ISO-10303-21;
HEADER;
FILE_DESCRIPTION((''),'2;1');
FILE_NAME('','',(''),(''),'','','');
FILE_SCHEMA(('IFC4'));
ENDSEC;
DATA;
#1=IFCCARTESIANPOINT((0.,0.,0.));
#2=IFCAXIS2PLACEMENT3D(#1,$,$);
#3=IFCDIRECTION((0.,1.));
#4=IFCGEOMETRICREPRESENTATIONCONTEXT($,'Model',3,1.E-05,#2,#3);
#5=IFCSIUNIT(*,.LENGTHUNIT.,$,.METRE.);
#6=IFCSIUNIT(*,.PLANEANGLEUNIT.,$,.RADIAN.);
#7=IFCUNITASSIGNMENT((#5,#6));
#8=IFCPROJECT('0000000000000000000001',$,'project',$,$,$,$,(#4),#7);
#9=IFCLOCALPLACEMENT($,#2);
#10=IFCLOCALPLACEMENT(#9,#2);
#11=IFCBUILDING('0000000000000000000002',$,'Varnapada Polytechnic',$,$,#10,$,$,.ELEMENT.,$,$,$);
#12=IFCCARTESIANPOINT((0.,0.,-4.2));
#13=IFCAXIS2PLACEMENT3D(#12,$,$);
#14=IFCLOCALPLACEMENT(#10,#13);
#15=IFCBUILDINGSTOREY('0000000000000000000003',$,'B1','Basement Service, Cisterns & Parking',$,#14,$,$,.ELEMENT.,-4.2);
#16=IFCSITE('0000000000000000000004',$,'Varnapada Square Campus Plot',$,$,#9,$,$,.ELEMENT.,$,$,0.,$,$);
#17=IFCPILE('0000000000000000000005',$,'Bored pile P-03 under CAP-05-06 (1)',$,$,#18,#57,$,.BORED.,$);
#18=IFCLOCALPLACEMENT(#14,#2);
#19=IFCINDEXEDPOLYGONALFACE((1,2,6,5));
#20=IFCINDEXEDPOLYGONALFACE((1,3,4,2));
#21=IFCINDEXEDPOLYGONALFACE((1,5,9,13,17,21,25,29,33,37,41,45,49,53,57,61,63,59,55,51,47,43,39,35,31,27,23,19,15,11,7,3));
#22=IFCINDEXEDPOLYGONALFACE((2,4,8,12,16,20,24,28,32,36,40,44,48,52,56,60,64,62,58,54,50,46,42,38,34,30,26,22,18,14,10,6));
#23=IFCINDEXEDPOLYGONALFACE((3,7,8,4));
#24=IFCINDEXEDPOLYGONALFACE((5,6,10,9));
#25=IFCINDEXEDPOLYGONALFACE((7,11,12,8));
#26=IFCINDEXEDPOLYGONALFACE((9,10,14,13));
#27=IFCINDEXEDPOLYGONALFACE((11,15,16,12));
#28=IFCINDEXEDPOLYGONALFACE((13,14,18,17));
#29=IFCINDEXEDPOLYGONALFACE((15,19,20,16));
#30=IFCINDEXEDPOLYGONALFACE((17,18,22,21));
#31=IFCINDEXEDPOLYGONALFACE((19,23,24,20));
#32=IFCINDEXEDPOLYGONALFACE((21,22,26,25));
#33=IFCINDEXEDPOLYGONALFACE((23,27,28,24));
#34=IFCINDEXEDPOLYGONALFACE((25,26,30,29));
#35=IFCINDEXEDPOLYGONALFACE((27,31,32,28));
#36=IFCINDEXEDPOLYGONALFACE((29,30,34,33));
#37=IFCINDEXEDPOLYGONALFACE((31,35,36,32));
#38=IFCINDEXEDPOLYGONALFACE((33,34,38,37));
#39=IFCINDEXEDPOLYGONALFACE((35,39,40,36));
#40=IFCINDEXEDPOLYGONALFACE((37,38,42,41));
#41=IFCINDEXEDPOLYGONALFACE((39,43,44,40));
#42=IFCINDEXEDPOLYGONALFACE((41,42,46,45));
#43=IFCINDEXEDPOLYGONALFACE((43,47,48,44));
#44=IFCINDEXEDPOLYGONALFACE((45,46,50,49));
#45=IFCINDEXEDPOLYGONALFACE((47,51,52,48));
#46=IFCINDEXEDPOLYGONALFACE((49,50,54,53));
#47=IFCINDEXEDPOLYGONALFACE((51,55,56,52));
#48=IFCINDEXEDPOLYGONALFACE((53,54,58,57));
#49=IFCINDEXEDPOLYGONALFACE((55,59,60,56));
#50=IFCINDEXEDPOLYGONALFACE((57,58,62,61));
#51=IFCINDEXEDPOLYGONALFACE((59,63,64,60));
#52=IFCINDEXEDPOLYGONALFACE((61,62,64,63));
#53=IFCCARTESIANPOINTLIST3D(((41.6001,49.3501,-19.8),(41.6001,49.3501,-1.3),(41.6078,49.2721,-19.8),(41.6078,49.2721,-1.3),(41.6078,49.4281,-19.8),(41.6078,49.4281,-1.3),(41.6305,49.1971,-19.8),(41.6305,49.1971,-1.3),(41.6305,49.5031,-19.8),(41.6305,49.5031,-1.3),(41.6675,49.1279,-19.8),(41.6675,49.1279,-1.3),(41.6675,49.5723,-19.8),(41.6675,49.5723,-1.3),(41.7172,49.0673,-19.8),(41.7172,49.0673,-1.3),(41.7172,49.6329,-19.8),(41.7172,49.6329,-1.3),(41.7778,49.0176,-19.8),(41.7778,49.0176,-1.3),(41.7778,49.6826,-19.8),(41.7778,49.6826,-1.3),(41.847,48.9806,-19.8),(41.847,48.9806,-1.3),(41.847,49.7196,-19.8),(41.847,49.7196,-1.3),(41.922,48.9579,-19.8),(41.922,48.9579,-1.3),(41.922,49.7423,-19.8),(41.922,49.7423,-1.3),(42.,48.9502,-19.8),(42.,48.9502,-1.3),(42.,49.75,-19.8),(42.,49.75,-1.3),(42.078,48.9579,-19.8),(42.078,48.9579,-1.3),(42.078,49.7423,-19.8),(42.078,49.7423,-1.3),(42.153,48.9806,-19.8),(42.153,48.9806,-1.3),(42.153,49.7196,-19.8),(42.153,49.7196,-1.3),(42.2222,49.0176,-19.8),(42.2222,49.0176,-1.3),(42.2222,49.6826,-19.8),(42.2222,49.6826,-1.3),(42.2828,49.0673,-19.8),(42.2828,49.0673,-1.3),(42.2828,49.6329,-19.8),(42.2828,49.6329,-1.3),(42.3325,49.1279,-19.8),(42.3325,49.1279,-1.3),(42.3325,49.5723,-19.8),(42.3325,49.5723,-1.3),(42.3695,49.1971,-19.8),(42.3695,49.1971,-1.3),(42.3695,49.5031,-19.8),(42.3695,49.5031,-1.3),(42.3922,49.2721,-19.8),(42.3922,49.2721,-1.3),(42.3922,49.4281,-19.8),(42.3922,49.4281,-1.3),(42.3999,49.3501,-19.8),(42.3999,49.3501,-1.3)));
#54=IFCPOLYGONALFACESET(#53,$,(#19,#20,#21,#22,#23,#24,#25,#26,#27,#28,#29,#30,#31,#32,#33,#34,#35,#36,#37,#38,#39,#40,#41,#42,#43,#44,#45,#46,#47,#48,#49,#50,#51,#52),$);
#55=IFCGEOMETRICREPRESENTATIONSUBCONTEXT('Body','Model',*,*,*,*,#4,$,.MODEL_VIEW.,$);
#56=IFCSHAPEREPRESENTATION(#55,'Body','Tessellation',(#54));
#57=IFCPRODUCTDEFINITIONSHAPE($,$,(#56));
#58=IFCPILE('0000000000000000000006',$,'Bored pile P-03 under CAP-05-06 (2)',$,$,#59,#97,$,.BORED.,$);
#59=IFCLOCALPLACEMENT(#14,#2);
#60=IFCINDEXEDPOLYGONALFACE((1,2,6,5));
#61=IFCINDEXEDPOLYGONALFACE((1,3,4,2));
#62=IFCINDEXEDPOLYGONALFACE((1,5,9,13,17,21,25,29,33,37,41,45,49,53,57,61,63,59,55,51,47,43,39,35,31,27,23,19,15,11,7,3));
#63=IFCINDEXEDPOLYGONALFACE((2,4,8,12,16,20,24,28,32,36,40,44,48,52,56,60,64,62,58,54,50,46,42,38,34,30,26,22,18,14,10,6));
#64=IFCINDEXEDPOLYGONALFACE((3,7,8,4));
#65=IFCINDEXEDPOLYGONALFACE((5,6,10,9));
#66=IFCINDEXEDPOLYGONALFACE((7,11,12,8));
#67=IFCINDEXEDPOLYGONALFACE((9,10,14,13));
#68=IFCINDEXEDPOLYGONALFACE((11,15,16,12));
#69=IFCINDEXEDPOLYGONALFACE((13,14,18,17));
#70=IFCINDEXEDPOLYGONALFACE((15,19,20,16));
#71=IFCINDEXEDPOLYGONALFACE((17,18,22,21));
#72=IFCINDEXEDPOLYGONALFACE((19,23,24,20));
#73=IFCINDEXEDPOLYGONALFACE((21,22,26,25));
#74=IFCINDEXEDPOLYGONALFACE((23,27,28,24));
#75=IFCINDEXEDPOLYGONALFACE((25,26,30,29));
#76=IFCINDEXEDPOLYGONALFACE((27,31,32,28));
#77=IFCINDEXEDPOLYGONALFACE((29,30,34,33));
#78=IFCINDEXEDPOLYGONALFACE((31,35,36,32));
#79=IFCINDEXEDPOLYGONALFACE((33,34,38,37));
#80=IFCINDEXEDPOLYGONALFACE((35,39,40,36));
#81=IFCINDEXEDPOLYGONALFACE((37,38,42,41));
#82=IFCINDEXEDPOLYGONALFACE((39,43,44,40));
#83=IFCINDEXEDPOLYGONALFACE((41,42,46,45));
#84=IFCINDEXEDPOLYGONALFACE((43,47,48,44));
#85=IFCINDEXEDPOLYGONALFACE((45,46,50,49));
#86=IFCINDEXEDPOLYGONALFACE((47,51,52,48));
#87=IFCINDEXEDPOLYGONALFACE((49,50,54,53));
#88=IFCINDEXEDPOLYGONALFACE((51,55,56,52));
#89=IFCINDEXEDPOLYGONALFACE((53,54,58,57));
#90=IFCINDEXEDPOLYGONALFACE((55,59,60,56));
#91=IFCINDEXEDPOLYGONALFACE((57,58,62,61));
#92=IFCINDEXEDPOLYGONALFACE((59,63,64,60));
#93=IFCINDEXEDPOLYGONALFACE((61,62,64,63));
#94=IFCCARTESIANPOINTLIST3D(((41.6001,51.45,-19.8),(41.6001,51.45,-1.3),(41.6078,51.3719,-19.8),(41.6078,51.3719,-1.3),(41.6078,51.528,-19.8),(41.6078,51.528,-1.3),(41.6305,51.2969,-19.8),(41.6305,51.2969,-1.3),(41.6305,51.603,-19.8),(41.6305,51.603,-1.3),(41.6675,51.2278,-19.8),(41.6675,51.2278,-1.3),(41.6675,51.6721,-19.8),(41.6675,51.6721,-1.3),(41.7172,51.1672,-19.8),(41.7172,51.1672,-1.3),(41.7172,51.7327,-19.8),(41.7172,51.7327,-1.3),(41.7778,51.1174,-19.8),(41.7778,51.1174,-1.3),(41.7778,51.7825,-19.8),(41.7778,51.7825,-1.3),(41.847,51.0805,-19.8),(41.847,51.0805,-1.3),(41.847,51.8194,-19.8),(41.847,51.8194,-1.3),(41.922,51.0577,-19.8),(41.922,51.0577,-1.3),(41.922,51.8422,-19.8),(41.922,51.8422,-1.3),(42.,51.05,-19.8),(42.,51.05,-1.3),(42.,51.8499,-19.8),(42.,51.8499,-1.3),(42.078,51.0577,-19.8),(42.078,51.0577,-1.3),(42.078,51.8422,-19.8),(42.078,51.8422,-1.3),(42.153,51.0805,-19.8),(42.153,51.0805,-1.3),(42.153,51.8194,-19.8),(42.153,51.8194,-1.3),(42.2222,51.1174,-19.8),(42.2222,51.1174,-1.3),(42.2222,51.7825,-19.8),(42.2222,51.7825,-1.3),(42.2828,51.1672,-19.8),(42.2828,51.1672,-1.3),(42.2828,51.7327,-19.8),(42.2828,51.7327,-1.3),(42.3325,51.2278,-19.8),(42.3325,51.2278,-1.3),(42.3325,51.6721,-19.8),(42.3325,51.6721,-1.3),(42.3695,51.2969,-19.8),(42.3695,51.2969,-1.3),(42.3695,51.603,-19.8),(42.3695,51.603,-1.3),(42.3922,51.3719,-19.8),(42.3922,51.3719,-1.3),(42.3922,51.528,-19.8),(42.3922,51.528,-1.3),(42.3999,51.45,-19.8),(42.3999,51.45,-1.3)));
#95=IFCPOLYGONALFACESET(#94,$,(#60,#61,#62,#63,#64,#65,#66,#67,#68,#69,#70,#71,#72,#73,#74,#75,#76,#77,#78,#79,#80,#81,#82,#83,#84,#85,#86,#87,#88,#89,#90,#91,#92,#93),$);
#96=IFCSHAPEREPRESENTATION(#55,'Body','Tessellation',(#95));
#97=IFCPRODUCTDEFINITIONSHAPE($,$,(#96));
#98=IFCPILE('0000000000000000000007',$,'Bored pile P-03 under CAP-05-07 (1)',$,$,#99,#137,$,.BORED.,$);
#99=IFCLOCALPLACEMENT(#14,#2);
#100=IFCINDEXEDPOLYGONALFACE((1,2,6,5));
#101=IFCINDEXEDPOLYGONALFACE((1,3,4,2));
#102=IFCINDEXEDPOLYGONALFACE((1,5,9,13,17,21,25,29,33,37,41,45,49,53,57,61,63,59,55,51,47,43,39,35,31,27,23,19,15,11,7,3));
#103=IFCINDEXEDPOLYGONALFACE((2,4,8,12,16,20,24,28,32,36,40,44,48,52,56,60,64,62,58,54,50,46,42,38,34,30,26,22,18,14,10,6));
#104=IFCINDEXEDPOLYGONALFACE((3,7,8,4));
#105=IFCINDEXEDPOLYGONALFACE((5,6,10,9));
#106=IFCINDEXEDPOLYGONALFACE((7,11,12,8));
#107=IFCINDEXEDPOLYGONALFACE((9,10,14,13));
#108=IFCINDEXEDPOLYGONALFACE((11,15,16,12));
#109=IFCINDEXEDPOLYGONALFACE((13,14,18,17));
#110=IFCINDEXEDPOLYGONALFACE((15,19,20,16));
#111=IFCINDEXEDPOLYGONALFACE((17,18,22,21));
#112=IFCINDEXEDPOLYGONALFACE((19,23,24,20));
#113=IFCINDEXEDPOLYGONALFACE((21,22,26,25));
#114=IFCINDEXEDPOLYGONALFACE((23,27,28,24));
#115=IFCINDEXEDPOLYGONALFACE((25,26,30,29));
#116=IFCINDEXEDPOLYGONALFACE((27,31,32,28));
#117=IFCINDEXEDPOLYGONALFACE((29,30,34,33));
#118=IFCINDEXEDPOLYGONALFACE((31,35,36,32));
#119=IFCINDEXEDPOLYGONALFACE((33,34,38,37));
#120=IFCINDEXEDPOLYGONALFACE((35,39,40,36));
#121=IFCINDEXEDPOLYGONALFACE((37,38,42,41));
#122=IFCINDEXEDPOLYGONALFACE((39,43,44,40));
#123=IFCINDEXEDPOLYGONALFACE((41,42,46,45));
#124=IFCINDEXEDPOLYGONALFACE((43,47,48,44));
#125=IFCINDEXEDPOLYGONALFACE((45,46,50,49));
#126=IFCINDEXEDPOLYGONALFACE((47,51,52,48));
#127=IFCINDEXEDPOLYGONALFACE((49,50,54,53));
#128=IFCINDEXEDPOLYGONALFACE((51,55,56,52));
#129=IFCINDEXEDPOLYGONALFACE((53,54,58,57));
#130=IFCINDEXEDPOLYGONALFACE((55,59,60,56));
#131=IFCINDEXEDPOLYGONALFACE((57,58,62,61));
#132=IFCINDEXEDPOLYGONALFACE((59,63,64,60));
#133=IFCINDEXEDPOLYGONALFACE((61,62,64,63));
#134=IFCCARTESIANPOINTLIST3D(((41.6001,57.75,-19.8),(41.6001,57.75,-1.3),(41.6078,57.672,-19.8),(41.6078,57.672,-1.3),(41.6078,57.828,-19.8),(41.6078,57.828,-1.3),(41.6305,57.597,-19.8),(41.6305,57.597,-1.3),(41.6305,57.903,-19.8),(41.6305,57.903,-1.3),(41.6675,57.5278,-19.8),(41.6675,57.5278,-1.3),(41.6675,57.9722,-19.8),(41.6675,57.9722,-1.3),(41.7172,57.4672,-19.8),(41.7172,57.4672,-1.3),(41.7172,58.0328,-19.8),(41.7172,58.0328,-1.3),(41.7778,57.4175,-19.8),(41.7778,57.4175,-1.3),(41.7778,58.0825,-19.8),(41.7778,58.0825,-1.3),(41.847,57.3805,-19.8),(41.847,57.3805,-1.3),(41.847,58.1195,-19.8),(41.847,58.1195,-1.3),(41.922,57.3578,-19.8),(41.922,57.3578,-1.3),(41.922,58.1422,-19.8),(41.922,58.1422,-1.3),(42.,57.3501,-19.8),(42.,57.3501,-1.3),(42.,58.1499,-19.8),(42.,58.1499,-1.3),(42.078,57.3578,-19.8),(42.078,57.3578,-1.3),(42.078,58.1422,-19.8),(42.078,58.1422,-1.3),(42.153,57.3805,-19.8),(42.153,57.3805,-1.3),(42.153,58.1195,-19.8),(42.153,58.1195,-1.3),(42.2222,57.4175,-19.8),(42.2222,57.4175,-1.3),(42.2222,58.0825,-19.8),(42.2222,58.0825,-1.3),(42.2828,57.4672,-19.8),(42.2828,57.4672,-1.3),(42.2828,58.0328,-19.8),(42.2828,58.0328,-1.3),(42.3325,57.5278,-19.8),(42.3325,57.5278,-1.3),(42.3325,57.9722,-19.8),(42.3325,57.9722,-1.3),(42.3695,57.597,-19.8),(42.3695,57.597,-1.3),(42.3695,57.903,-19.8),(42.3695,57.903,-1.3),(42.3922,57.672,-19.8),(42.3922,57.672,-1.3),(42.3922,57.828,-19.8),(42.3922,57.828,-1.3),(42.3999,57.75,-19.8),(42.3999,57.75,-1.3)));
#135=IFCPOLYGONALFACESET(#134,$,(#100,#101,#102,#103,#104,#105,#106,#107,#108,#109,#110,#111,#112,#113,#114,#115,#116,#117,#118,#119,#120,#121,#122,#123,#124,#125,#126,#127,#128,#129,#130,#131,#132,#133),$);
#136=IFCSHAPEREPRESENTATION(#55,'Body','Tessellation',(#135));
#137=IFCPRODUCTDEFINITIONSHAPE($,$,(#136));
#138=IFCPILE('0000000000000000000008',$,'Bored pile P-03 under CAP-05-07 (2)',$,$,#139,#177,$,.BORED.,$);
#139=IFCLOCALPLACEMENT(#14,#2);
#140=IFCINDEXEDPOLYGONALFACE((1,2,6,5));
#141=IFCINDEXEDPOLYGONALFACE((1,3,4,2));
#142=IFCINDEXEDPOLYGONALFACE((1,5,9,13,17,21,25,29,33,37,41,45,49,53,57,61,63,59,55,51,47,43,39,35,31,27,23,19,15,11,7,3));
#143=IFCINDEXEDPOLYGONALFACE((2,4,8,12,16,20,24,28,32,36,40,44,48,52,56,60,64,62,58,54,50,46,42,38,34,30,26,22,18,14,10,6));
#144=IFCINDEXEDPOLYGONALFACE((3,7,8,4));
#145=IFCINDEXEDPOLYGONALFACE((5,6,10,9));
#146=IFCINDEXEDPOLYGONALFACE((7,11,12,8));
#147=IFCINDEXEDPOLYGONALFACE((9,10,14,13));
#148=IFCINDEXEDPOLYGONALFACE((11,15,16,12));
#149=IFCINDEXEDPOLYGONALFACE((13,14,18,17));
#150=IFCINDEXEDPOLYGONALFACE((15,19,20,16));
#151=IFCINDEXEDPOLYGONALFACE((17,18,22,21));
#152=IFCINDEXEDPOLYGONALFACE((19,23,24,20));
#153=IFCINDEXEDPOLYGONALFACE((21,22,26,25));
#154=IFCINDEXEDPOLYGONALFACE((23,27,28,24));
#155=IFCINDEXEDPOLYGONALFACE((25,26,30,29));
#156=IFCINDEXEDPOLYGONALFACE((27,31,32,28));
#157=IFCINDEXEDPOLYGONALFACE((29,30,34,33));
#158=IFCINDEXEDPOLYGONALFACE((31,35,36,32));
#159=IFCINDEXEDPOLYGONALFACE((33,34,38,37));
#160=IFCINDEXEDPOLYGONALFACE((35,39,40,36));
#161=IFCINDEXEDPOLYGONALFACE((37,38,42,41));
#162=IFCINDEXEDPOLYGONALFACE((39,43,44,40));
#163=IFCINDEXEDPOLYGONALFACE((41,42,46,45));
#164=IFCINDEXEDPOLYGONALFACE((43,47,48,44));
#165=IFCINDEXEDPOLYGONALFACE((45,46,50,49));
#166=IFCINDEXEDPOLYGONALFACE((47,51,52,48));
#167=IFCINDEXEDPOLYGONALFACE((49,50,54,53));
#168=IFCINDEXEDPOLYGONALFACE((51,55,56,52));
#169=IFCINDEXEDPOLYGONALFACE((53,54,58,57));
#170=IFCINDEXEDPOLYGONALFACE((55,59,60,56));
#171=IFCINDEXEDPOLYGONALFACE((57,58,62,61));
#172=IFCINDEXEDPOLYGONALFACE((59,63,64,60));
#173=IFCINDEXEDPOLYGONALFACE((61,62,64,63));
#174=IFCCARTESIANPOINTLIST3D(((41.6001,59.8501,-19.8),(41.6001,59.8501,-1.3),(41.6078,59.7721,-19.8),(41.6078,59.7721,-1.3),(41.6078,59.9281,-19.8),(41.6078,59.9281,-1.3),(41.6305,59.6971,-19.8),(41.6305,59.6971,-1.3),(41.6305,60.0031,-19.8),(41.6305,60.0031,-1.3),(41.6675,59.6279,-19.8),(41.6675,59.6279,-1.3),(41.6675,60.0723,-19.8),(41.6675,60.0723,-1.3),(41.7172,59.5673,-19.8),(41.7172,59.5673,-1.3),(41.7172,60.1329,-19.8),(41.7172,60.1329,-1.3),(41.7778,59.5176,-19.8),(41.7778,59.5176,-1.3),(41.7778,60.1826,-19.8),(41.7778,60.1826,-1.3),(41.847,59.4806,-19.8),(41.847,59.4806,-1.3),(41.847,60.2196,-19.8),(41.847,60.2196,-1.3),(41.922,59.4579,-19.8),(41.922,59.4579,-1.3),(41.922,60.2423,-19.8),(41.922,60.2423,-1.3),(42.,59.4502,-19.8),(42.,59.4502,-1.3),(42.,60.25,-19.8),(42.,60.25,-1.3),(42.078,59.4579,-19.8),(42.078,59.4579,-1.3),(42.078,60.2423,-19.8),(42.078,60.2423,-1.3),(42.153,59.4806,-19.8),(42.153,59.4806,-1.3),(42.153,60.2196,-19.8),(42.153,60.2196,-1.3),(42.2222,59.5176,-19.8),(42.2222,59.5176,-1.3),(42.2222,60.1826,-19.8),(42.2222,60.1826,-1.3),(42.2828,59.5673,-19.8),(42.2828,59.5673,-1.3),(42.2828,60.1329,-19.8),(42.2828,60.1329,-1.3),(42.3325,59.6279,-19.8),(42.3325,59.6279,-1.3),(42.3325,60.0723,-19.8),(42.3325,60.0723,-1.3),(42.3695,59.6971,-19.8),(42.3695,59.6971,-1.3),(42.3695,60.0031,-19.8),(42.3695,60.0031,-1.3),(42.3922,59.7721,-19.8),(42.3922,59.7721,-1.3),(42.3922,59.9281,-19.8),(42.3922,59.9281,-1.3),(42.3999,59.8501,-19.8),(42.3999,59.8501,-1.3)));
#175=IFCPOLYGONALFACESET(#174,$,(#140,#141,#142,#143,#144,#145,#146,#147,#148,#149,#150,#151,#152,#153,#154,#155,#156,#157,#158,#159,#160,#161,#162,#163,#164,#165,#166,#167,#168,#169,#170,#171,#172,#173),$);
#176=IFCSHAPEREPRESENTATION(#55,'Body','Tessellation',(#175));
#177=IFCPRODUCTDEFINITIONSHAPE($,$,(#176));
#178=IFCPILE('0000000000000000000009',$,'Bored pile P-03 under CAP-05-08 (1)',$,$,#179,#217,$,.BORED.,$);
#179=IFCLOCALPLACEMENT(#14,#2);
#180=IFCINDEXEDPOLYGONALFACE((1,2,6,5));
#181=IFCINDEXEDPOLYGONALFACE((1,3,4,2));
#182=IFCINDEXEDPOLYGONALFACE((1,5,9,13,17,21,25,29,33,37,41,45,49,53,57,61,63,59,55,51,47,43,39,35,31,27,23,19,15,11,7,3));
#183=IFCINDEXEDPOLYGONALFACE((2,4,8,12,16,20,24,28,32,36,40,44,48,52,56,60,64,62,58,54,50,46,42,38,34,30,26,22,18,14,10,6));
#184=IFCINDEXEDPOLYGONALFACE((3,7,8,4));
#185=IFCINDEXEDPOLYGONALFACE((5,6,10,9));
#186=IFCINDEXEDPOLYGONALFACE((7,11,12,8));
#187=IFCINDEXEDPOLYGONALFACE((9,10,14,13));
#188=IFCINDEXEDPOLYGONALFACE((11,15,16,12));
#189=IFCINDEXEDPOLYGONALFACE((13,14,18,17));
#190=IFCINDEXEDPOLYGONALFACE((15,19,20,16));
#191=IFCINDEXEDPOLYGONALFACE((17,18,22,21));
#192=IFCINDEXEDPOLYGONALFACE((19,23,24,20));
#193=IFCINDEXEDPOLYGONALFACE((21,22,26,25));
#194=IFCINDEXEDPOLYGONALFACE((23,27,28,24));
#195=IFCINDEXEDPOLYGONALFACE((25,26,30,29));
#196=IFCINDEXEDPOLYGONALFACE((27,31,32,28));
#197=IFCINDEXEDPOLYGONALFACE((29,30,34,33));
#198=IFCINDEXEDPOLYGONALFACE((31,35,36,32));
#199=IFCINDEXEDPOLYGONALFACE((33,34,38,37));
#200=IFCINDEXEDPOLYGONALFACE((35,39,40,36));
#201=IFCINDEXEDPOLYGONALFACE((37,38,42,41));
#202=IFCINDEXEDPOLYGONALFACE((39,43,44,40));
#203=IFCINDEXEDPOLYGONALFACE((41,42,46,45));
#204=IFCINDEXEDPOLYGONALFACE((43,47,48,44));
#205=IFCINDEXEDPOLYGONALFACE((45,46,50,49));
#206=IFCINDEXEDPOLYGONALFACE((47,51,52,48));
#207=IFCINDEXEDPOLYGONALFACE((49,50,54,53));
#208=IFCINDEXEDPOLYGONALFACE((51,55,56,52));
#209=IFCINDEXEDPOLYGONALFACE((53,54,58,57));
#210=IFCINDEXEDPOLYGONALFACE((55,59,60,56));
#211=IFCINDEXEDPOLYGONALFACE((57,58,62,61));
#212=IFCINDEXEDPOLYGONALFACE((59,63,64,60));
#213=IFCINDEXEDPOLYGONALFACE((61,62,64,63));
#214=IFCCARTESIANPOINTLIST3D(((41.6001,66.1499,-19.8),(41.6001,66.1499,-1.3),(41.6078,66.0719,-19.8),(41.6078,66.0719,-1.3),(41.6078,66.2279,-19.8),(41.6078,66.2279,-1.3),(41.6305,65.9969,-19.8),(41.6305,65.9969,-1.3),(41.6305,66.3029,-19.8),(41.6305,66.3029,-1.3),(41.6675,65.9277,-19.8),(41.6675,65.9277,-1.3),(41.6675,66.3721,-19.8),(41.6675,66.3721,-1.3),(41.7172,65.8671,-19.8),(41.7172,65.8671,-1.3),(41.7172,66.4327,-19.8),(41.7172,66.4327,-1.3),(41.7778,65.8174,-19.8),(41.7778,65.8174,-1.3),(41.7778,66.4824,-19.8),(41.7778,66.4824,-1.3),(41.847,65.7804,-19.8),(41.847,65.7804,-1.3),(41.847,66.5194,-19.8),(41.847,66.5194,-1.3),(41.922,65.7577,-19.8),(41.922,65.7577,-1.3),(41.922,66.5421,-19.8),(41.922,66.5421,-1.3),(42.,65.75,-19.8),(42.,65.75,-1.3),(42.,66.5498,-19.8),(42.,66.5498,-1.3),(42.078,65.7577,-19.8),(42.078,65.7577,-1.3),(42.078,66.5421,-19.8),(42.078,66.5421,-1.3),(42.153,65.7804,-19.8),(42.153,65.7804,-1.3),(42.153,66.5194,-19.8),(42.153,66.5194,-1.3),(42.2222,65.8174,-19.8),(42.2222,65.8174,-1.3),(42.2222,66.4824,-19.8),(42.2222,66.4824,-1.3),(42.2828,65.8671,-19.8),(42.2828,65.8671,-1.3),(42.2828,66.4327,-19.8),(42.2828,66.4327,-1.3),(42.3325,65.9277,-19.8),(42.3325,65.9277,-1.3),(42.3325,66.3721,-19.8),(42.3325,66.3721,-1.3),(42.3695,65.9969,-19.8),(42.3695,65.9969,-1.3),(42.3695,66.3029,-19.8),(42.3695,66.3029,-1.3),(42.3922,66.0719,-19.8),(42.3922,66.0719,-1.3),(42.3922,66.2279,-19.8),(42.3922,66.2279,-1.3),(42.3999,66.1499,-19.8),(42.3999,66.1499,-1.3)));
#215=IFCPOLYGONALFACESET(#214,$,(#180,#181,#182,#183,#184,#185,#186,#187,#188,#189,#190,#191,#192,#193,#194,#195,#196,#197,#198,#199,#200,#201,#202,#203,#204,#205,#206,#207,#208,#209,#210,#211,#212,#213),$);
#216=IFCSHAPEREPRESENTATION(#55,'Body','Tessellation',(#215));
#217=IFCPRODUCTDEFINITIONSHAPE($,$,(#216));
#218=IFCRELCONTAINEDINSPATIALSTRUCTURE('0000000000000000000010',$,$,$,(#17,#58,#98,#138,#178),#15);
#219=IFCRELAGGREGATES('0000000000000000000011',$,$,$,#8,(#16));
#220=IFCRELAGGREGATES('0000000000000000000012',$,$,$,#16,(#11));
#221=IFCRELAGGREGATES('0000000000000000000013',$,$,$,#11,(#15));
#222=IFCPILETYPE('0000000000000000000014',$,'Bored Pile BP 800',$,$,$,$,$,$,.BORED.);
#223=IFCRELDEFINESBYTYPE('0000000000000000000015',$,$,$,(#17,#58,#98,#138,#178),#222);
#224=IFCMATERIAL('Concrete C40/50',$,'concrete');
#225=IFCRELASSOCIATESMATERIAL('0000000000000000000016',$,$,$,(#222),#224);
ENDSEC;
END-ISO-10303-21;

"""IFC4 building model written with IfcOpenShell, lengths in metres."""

from ifc_helpers import new_model, si_unit, direction, frame, origin, origin_2d, place, context, subcontext, project, spatial, circle, extrude, material, material_profile, profile_set, type_object, element, save


model = new_model("IFC4")

# Units and contexts
model_context = context("Model", 3, precision=1e-05, world=origin(), true_north=direction((0.0, 1.0)))
body_context = subcontext(model_context, "Body", "Model", "MODEL_VIEW")
ifc_project = project(units=[si_unit("LENGTHUNIT", "METRE"), si_unit("PLANEANGLEUNIT", "RADIAN")], contexts=[model_context])

# Site, building, storey
site_placement = place(None, origin())
site = spatial("IfcSite", under=ifc_project, at=site_placement, Name="Varnapada Square Campus Plot", CompositionType="ELEMENT", RefElevation=0.0)
building_placement = place(site_placement, origin())
building = spatial("IfcBuilding", under=site, at=building_placement, Name="Varnapada Polytechnic", CompositionType="ELEMENT")
storey_placement = place(building_placement, frame((0.0, 0.0, -4.2)))
storey = spatial("IfcBuildingStorey", under=building, at=storey_placement, Name="B1", Description="Basement Service, Cisterns & Parking", CompositionType="ELEMENT", Elevation=-4.2)

# Piles
ifc_material_1 = material(Name="Concrete C40/50", Category="concrete")
ifc_material_profile_1 = material_profile(ifc_material_1, circle(Radius=0.3999, at=origin_2d()), Name="BP 800")
ifc_profile_set_1 = profile_set([ifc_material_profile_1], Name="Concrete C40/50")
pile_type_1 = type_object("IfcPileType", Name="Bored Pile BP 800", PredefinedType="BORED", material=ifc_profile_set_1)
for number, where, z_axis, x_axis, name in (
    (1, (42.0, 49.3501, -1.3), (0.0, 0.0, -1.0), (1.0, 0.0, 0.0), "Bored pile P-03 under CAP-05-06 (1)"),
    (2, (42.0, 51.45, -1.3), (0.0, 0.0, -1.0), (1.0, 0.0, 0.0), "Bored pile P-03 under CAP-05-06 (2)"),
    (3, (42.0, 57.75, -1.3), (0.0, 0.0, -1.0), (1.0, 0.0, 0.0), "Bored pile P-03 under CAP-05-07 (1)"),
    (4, (42.0, 59.8501, -1.3), (0.0, 0.0, -1.0), (1.0, 0.0, 0.0), "Bored pile P-03 under CAP-05-07 (2)"),
    (5, (42.0, 66.1499, -1.3), (0.0, 0.0, -1.0), (1.0, 0.0, 0.0), "Bored pile P-03 under CAP-05-08 (1)"),
):
    element("IfcPile", number, at=place(storey_placement, frame(where, z_axis=z_axis, x_axis=x_axis)), inside=storey, type_object=pile_type_1, Name=name, PredefinedType="BORED", context=body_context, shape_type="SweptSolid", body=[
        extrude(circle(Radius=0.3999, at=origin_2d()), origin(), (0.0, 0.0, 1.0), 18.5),
    ])

save(model, "model.ifc")
